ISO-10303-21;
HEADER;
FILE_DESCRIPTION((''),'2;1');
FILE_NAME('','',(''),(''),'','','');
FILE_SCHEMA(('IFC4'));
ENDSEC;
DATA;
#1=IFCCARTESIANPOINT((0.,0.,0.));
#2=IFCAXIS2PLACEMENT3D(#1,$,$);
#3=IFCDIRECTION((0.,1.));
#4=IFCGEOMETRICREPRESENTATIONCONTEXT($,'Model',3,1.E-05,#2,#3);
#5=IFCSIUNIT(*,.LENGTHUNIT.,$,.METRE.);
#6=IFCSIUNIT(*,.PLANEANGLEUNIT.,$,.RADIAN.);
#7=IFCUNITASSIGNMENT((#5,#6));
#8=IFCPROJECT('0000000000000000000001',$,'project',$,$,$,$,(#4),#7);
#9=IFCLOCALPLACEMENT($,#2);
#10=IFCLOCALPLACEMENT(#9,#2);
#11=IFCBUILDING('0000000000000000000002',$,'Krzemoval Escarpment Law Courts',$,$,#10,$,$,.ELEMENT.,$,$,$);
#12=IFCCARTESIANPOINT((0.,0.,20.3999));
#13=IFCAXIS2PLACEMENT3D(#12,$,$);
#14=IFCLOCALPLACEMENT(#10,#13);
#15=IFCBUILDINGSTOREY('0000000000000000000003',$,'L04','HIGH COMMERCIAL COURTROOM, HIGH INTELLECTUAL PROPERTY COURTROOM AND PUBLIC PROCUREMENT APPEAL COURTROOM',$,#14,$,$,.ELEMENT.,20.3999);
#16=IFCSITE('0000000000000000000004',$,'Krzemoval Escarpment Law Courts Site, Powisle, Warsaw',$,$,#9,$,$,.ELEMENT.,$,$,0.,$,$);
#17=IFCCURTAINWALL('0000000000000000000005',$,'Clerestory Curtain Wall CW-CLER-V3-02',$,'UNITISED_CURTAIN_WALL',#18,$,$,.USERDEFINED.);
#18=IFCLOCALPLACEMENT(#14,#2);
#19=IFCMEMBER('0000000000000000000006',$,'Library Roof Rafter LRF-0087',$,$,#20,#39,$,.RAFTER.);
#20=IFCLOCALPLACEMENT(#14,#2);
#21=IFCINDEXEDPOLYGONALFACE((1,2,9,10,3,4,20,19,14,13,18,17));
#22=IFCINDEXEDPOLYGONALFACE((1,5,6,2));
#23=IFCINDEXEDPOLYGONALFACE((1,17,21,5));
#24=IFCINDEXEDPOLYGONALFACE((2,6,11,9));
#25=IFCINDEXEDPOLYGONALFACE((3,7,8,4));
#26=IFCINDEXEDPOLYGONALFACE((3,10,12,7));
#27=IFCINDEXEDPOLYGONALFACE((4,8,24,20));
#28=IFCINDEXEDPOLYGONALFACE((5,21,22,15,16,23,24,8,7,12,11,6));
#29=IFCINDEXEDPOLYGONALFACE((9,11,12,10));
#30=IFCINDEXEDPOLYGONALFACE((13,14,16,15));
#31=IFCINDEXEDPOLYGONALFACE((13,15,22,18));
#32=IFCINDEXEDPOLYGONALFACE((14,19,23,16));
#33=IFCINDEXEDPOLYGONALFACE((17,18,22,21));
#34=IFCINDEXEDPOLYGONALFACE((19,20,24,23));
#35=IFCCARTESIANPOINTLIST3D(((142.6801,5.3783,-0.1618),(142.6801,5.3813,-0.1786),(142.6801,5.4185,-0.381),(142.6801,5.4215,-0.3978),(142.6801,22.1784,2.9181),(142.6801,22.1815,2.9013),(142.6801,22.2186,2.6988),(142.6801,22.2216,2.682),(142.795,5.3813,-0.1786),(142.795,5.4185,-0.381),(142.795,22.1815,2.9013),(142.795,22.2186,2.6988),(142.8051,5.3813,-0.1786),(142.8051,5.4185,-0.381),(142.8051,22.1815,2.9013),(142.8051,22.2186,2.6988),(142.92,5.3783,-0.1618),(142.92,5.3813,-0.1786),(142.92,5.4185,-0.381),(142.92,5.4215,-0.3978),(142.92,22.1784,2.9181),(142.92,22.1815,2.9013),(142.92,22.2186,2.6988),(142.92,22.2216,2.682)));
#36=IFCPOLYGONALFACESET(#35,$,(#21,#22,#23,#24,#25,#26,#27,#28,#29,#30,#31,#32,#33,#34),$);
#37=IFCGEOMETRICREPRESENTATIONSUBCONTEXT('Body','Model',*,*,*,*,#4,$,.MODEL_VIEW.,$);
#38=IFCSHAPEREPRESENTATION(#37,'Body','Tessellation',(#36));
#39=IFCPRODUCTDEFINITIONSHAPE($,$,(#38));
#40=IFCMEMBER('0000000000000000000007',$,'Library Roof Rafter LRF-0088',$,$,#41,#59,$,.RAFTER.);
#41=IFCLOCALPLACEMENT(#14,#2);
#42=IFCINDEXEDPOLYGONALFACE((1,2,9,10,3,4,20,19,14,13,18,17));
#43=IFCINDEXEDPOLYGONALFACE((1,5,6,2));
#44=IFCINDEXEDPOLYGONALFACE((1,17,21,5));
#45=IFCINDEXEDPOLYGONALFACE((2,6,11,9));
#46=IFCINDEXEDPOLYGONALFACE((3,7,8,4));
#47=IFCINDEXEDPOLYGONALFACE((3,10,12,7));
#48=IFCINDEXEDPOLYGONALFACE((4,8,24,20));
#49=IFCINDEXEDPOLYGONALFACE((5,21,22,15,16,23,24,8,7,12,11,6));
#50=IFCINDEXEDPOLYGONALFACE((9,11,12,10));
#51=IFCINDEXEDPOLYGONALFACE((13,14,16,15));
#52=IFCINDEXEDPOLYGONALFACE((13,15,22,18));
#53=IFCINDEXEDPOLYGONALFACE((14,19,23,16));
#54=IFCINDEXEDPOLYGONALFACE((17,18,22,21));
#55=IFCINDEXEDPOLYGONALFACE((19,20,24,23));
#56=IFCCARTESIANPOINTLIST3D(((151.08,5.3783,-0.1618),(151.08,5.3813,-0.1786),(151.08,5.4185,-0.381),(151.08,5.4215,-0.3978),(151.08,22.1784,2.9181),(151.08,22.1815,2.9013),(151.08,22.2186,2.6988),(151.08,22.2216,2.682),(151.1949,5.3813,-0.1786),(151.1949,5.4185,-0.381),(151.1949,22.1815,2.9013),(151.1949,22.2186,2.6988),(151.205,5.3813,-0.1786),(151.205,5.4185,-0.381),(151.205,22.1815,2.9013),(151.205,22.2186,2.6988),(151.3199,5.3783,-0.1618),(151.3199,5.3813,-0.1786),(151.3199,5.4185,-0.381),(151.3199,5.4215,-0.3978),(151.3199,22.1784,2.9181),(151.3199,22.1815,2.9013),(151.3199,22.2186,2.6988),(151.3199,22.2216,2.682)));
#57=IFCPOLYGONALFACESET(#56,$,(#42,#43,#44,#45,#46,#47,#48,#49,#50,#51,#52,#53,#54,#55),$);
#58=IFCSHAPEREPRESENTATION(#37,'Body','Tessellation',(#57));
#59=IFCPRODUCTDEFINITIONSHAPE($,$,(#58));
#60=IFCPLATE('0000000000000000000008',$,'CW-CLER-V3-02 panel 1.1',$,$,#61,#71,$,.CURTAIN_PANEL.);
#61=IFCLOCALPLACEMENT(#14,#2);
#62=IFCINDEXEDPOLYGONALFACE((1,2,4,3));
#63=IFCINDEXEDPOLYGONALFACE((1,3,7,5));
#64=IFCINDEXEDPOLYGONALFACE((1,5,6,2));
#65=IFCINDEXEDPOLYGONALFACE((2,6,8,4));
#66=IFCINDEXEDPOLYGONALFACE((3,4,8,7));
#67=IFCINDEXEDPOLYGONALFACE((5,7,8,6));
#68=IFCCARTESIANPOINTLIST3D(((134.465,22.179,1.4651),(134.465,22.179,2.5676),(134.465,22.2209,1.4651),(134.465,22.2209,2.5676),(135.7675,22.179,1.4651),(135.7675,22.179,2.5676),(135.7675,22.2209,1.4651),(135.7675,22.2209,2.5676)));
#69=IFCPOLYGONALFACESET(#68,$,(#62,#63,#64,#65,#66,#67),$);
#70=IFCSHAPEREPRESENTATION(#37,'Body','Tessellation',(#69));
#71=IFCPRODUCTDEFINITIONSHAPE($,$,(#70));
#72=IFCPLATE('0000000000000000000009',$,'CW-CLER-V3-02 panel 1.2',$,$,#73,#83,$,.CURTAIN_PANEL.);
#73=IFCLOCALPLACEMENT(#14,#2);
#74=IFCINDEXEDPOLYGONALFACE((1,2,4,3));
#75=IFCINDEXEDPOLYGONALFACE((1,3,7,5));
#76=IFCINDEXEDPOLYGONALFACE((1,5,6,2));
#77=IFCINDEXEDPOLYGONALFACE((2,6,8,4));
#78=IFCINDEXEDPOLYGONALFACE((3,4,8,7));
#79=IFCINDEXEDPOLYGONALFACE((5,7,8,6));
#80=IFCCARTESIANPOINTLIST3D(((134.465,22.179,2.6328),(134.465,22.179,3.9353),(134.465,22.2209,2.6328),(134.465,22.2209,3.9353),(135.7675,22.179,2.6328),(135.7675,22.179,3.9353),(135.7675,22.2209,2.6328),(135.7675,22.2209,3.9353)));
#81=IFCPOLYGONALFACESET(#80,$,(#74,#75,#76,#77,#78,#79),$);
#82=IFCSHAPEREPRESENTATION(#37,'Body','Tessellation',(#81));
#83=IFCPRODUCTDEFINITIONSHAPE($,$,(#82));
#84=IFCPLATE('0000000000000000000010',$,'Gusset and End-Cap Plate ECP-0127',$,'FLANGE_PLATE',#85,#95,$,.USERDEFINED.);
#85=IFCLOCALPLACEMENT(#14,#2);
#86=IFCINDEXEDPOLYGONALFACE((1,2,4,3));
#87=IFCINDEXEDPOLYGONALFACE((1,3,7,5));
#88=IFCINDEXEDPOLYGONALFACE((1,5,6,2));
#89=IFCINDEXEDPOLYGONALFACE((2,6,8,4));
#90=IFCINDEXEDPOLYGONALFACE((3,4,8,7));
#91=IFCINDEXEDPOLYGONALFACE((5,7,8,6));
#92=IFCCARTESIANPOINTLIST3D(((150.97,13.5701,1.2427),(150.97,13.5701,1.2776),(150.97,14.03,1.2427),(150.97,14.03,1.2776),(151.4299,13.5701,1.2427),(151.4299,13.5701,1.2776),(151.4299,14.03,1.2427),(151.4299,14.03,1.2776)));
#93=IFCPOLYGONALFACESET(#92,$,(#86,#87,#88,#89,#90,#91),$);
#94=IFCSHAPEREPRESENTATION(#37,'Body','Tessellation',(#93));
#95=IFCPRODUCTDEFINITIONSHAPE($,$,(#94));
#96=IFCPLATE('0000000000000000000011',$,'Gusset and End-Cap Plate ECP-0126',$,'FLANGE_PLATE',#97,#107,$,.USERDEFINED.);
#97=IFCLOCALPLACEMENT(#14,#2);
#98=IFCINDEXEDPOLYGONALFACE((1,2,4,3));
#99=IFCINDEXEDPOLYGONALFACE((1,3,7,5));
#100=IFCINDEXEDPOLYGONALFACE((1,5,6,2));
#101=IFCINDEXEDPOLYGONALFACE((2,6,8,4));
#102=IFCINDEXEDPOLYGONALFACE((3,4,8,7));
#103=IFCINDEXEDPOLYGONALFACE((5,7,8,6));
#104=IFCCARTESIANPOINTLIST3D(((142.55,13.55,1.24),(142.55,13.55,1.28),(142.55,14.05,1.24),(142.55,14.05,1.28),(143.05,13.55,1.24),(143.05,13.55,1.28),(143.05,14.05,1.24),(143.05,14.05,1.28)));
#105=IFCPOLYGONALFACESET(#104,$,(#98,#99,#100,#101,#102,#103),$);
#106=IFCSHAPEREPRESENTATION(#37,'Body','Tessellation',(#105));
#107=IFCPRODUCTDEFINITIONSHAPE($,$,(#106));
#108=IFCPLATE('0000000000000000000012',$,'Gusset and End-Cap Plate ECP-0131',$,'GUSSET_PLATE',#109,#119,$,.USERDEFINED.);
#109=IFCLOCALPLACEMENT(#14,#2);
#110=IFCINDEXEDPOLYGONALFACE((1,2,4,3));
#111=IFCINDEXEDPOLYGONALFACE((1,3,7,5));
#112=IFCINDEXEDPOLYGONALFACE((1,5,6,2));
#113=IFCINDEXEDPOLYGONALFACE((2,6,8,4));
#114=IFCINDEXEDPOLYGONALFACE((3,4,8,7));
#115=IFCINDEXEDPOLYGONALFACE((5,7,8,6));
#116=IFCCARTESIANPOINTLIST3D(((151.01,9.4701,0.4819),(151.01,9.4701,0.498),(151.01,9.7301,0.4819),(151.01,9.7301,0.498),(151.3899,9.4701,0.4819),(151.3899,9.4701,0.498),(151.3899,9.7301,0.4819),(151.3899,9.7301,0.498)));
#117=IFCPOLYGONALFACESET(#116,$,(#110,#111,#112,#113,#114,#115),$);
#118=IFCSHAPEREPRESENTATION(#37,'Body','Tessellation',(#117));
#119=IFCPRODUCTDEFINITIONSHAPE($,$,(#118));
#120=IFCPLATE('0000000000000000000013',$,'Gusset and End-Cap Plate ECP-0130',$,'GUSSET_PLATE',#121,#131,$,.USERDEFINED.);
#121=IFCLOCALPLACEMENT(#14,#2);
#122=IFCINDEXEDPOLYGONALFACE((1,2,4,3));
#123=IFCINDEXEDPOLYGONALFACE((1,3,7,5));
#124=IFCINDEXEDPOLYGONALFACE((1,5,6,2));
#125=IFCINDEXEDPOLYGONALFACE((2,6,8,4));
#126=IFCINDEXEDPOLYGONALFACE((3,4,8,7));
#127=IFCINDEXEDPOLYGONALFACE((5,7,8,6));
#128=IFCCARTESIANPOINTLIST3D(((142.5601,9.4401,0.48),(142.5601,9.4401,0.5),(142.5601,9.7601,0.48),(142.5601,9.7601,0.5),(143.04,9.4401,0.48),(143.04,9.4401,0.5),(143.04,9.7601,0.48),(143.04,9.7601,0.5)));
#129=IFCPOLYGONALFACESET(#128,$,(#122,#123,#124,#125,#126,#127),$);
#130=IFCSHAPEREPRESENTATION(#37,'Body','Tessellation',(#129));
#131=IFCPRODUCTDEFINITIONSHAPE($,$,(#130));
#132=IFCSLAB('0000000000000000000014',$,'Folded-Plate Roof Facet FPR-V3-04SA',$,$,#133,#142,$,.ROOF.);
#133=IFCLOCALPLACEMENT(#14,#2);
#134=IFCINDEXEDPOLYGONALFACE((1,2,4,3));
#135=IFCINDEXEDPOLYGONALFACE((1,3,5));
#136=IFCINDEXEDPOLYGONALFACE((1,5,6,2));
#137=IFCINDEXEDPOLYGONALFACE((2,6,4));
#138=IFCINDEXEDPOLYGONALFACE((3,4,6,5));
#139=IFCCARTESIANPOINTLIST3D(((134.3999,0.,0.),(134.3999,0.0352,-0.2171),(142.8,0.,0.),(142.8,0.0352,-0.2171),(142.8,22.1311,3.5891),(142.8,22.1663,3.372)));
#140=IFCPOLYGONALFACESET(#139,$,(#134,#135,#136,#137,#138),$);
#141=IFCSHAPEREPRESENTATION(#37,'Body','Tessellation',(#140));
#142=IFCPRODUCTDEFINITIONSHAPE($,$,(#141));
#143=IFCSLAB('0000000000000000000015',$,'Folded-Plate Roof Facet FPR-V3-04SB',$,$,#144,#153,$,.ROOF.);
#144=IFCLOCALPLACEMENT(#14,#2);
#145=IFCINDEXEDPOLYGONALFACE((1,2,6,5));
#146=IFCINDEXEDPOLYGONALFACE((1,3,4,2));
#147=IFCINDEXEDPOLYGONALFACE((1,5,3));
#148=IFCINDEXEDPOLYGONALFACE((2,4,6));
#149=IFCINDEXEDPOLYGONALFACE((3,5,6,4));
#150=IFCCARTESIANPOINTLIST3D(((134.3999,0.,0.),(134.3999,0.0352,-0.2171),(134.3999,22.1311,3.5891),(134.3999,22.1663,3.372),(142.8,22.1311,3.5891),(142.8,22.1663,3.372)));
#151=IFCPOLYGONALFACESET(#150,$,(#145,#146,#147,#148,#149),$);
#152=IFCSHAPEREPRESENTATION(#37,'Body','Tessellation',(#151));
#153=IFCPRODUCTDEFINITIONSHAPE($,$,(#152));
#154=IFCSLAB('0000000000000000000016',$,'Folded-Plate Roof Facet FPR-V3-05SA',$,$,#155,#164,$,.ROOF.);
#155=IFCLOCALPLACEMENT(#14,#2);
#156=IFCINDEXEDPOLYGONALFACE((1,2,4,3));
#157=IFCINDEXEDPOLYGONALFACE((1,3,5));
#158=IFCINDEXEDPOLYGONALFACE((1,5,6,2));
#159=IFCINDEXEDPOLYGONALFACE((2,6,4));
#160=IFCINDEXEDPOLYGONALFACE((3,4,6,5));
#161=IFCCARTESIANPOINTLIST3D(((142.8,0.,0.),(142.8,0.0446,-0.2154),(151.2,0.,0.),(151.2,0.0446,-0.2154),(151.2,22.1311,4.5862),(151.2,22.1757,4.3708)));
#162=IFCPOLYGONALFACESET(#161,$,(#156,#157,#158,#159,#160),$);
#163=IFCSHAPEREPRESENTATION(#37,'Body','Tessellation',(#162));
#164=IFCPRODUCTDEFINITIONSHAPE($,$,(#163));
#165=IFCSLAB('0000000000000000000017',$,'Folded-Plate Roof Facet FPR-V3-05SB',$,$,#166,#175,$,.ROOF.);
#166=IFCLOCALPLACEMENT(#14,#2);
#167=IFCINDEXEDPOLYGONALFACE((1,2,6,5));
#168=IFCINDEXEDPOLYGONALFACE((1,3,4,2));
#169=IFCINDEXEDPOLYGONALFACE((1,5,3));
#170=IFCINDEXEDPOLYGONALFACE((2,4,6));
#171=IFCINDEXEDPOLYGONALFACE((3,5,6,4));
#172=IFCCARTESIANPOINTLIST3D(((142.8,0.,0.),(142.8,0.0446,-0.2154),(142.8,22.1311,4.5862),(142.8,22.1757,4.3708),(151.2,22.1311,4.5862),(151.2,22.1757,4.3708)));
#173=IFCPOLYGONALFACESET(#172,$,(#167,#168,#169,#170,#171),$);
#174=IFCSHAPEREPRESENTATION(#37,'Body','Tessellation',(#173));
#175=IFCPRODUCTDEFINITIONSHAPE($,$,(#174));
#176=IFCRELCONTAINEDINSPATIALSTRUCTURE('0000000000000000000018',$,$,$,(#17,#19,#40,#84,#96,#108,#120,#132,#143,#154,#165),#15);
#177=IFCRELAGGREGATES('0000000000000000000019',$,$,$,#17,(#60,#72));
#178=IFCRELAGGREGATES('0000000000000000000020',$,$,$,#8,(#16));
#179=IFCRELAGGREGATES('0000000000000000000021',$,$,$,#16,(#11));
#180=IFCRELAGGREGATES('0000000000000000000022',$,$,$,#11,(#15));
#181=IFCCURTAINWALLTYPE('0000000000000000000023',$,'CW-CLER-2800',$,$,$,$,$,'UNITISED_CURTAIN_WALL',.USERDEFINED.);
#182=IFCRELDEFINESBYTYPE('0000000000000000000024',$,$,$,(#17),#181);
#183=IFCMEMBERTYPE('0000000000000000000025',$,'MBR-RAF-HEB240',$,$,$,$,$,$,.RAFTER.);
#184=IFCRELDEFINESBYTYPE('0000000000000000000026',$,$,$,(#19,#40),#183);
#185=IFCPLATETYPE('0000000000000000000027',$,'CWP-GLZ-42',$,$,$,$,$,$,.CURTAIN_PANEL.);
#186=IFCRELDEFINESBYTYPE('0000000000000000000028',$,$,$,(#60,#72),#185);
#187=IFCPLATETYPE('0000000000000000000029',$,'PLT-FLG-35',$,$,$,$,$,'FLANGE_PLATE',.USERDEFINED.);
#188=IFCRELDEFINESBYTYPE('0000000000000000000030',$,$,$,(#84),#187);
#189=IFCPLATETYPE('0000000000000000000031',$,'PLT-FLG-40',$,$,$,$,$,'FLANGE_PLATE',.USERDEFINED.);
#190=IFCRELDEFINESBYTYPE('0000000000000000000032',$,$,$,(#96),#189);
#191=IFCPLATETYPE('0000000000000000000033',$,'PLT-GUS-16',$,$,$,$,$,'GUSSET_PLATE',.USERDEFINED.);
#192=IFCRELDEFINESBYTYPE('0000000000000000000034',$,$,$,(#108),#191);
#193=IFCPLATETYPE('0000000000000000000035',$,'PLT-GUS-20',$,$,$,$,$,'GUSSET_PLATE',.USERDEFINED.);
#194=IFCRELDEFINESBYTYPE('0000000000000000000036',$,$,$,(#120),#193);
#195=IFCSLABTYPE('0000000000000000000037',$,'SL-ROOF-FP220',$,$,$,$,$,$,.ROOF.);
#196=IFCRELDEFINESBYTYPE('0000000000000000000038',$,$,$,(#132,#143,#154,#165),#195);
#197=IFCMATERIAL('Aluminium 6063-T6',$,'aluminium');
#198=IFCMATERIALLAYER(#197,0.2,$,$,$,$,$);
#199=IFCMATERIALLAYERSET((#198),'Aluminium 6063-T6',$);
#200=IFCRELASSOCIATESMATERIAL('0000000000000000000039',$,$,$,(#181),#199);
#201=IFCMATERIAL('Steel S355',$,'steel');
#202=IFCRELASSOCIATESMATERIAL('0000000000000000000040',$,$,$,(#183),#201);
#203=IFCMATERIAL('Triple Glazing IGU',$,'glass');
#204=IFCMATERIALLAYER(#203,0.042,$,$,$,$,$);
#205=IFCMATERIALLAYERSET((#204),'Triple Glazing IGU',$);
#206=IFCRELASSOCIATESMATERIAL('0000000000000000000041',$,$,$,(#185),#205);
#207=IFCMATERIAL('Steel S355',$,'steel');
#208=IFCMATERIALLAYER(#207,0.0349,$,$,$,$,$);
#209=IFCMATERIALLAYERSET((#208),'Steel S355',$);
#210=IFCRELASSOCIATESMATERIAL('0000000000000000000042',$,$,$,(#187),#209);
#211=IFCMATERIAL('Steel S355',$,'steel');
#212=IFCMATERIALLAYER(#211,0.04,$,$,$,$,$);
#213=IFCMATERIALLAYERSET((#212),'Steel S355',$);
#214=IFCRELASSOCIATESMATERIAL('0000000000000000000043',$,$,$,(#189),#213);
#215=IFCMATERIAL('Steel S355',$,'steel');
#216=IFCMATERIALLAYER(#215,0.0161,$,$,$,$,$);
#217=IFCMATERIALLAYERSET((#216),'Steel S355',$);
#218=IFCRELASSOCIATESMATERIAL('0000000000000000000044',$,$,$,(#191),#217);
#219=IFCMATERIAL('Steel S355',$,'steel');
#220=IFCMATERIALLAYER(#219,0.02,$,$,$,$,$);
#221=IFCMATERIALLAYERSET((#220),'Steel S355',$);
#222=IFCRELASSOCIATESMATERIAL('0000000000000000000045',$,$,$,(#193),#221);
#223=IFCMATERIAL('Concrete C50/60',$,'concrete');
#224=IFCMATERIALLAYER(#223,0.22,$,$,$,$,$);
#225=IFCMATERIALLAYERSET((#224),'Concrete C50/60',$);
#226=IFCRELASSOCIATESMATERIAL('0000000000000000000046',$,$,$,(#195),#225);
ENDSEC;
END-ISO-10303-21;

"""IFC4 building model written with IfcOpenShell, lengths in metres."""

from ifc_helpers import new_model, si_unit, direction, frame, origin, origin_2d, place, context, subcontext, project, spatial, polyline, rectangle, i_section, outline, extrude, material, layer, layer_set, material_profile, profile_set, type_object, element, aggregate, save


model = new_model("IFC4")

# Units and contexts
model_context = context("Model", 3, precision=1e-05, world=origin(), true_north=direction((0.0, 1.0)))
body_context = subcontext(model_context, "Body", "Model", "MODEL_VIEW")
ifc_project = project(units=[si_unit("LENGTHUNIT", "METRE"), si_unit("PLANEANGLEUNIT", "RADIAN")], contexts=[model_context])

# Site, building, storey
site_placement = place(None, origin())
site = spatial("IfcSite", under=ifc_project, at=site_placement, Name="Krzemoval Escarpment Law Courts Site, Powisle, Warsaw", CompositionType="ELEMENT", RefElevation=0.0)
building_placement = place(site_placement, origin())
building = spatial("IfcBuilding", under=site, at=building_placement, Name="Krzemoval Escarpment Law Courts", CompositionType="ELEMENT")
storey_placement = place(building_placement, frame((0.0, 0.0, 20.3999)))
storey = spatial("IfcBuildingStorey", under=building, at=storey_placement, Name="L04", Description="HIGH COMMERCIAL COURTROOM, HIGH INTELLECTUAL PROPERTY COURTROOM AND PUBLIC PROCUREMENT APPEAL COURTROOM", CompositionType="ELEMENT", Elevation=20.3999)

# Curtain wall
ifc_material_1 = material(Name="Aluminium 6063-T6", Category="aluminium")
ifc_layer_1 = layer(ifc_material_1, 0.2)
ifc_layer_set_1 = layer_set([ifc_layer_1], Name="Aluminium 6063-T6")
curtain_wall_type = type_object("IfcCurtainWallType", Name="CW-CLER-2800", ElementType="UNITISED_CURTAIN_WALL", PredefinedType="USERDEFINED", material=ifc_layer_set_1)
curtain_wall_placement = place(storey_placement, origin())
curtain_wall = element("IfcCurtainWall", 1, at=curtain_wall_placement, inside=storey, type_object=curtain_wall_type, Name="Clerestory Curtain Wall CW-CLER-V3-02", ObjectType="UNITISED_CURTAIN_WALL", PredefinedType="USERDEFINED")

# Members
ifc_material_2 = material(Name="Steel S355", Category="steel")
ifc_material_profile_1 = material_profile(ifc_material_2, i_section(OverallWidth=0.24, OverallDepth=0.24, WebThickness=0.01, FlangeThickness=0.0171, at=origin_2d()), Name="HEB 240")
ifc_profile_set_1 = profile_set([ifc_material_profile_1], Name="Steel S355")
member_type_1 = type_object("IfcMemberType", Name="MBR-RAF-HEB240", PredefinedType="RAFTER", material=ifc_profile_set_1)
for number, where, z_axis, x_axis, name in (
    (2, (142.8, 5.3999, -0.2798), (0.0, 0.983608, 0.180318), (-1.0, 0.0, 0.0), "Library Roof Rafter LRF-0087"),
    (3, (151.2, 5.3999, -0.2798), (0.0, 0.983608, 0.180318), (-1.0, 0.0, 0.0), "Library Roof Rafter LRF-0088"),
):
    element("IfcMember", number, at=place(storey_placement, frame(where, z_axis=z_axis, x_axis=x_axis)), inside=storey, type_object=member_type_1, Name=name, PredefinedType="RAFTER", context=body_context, shape_type="SweptSolid", body=[
        extrude(i_section(OverallWidth=0.24, OverallDepth=0.24, WebThickness=0.01, FlangeThickness=0.0171, at=origin_2d()), origin(), (0.0, 0.0, 1.0), 17.0801),
    ])

# Plates
ifc_material_3 = material(Name="Triple Glazing IGU", Category="glass")
ifc_layer_2 = layer(ifc_material_3, 0.042)
ifc_layer_set_2 = layer_set([ifc_layer_2], Name="Triple Glazing IGU")
plate_type_1 = type_object("IfcPlateType", Name="CWP-GLZ-42", PredefinedType="CURTAIN_PANEL", material=ifc_layer_set_2)
plate_1_placement = place(storey_placement, frame((135.1162, 22.2, 1.4651), z_axis=(0.0, 0.0, 1.0), x_axis=(1.0, 0.0, 0.0)))
plate_1 = element("IfcPlate", 4, at=plate_1_placement, type_object=plate_type_1, Name="CW-CLER-V3-02 panel 1.1", PredefinedType="CURTAIN_PANEL", context=body_context, shape_type="SweptSolid", body=[
    extrude(rectangle(XDim=1.3025, YDim=0.042, at=origin_2d()), origin(), (0.0, 0.0, 1.0), 1.1025),
])
plate_2_placement = place(storey_placement, frame((135.1162, 22.2, 2.6328), z_axis=(0.0, 0.0, 1.0), x_axis=(1.0, 0.0, 0.0)))
plate_2 = element("IfcPlate", 5, at=plate_2_placement, type_object=plate_type_1, Name="CW-CLER-V3-02 panel 1.2", PredefinedType="CURTAIN_PANEL", context=body_context, shape_type="SweptSolid", body=[
    extrude(rectangle(XDim=1.3025, YDim=0.042, at=origin_2d()), origin(), (0.0, 0.0, 1.0), 1.3025),
])
aggregate(curtain_wall, [plate_1, plate_2])

# Plates
ifc_material_4 = material(Name="Steel S355", Category="steel")
ifc_layer_3 = layer(ifc_material_4, 0.0349)
ifc_layer_set_3 = layer_set([ifc_layer_3], Name="Steel S355")
plate_type_2 = type_object("IfcPlateType", Name="PLT-FLG-35", ElementType="FLANGE_PLATE", PredefinedType="USERDEFINED", material=ifc_layer_set_3)
plate_3_placement = place(storey_placement, frame((151.2, 13.8, 1.2427), z_axis=(0.0, 0.0, 1.0), x_axis=(1.0, 0.0, 0.0)))
element("IfcPlate", 6, at=plate_3_placement, inside=storey, type_object=plate_type_2, Name="Gusset and End-Cap Plate ECP-0127", ObjectType="FLANGE_PLATE", PredefinedType="USERDEFINED", context=body_context, shape_type="SweptSolid", body=[
    extrude(rectangle(XDim=0.46, YDim=0.46, at=origin_2d()), origin(), (0.0, 0.0, 1.0), 0.0349),
])
ifc_material_5 = material(Name="Steel S355", Category="steel")
ifc_layer_4 = layer(ifc_material_5, 0.04)
ifc_layer_set_4 = layer_set([ifc_layer_4], Name="Steel S355")
plate_type_3 = type_object("IfcPlateType", Name="PLT-FLG-40", ElementType="FLANGE_PLATE", PredefinedType="USERDEFINED", material=ifc_layer_set_4)
plate_4_placement = place(storey_placement, frame((142.8, 13.8, 1.24), z_axis=(0.0, 0.0, 1.0), x_axis=(1.0, 0.0, 0.0)))
element("IfcPlate", 7, at=plate_4_placement, inside=storey, type_object=plate_type_3, Name="Gusset and End-Cap Plate ECP-0126", ObjectType="FLANGE_PLATE", PredefinedType="USERDEFINED", context=body_context, shape_type="SweptSolid", body=[
    extrude(rectangle(XDim=0.5, YDim=0.5, at=origin_2d()), origin(), (0.0, 0.0, 1.0), 0.04),
])
ifc_material_6 = material(Name="Steel S355", Category="steel")
ifc_layer_5 = layer(ifc_material_6, 0.0161)
ifc_layer_set_5 = layer_set([ifc_layer_5], Name="Steel S355")
plate_type_4 = type_object("IfcPlateType", Name="PLT-GUS-16", ElementType="GUSSET_PLATE", PredefinedType="USERDEFINED", material=ifc_layer_set_5)
plate_5_placement = place(storey_placement, frame((151.2, 9.6001, 0.4819), z_axis=(0.0, 0.0, 1.0), x_axis=(1.0, 0.0, 0.0)))
element("IfcPlate", 8, at=plate_5_placement, inside=storey, type_object=plate_type_4, Name="Gusset and End-Cap Plate ECP-0131", ObjectType="GUSSET_PLATE", PredefinedType="USERDEFINED", context=body_context, shape_type="SweptSolid", body=[
    extrude(rectangle(XDim=0.3799, YDim=0.26, at=origin_2d()), origin(), (0.0, 0.0, 1.0), 0.0161),
])
ifc_material_7 = material(Name="Steel S355", Category="steel")
ifc_layer_6 = layer(ifc_material_7, 0.02)
ifc_layer_set_6 = layer_set([ifc_layer_6], Name="Steel S355")
plate_type_5 = type_object("IfcPlateType", Name="PLT-GUS-20", ElementType="GUSSET_PLATE", PredefinedType="USERDEFINED", material=ifc_layer_set_6)
plate_6_placement = place(storey_placement, frame((142.8, 9.6001, 0.48), z_axis=(0.0, 0.0, 1.0), x_axis=(1.0, 0.0, 0.0)))
element("IfcPlate", 9, at=plate_6_placement, inside=storey, type_object=plate_type_5, Name="Gusset and End-Cap Plate ECP-0130", ObjectType="GUSSET_PLATE", PredefinedType="USERDEFINED", context=body_context, shape_type="SweptSolid", body=[
    extrude(rectangle(XDim=0.48, YDim=0.3201, at=origin_2d()), origin(), (0.0, 0.0, 1.0), 0.02),
])

# Slabs
ifc_material_8 = material(Name="Concrete C50/60", Category="concrete")
ifc_layer_7 = layer(ifc_material_8, 0.22)
ifc_layer_set_7 = layer_set([ifc_layer_7], Name="Concrete C50/60")
slab_type = type_object("IfcSlabType", Name="SL-ROOF-FP220", PredefinedType="ROOF", material=ifc_layer_set_7)
slab_1_placement = place(storey_placement, frame((134.3999, 0.0, 0.0), z_axis=(0.0, -0.160083, 0.987103), x_axis=(1.0, 0.0, 0.0)))
element("IfcSlab", 10, at=slab_1_placement, inside=storey, type_object=slab_type, Name="Folded-Plate Roof Facet FPR-V3-04SA", PredefinedType="ROOF", context=body_context, shape_type="SweptSolid", body=[
    extrude(outline(polyline([(0.0, 0.0), (8.4001, 0.0), (8.4001, 22.4202), (0.0, 0.0)])), origin(), (0.0, 0.0, -1.0), 0.22),
])
slab_2_placement = place(storey_placement, frame((134.3999, 0.0, 0.0), z_axis=(0.0, -0.160083, 0.987103), x_axis=(0.350851, 0.924355, 0.149907)))
element("IfcSlab", 11, at=slab_2_placement, inside=storey, type_object=slab_type, Name="Folded-Plate Roof Facet FPR-V3-04SB", PredefinedType="ROOF", context=body_context, shape_type="SweptSolid", body=[
    extrude(outline(polyline([(0.0, 0.0), (23.9422, 0.0), (20.995, 7.8662), (0.0, 0.0)])), origin(), (0.0, 0.0, -1.0), 0.22),
])
slab_3_placement = place(storey_placement, frame((142.8, 0.0, 0.0), z_axis=(0.0, -0.202917, 0.979196), x_axis=(1.0, 0.0, 0.0)))
element("IfcSlab", 12, at=slab_3_placement, inside=storey, type_object=slab_type, Name="Folded-Plate Roof Facet FPR-V3-05SA", PredefinedType="ROOF", context=body_context, shape_type="SweptSolid", body=[
    extrude(outline(polyline([(0.0, 0.0), (8.3999, 0.0), (8.3999, 22.6013), (0.0, 0.0)])), origin(), (0.0, 0.0, -1.0), 0.22),
])
slab_4_placement = place(storey_placement, frame((142.8, 0.0, 0.0), z_axis=(0.0, -0.202917, 0.979196), x_axis=(0.348374, 0.917855, 0.190205)))
element("IfcSlab", 13, at=slab_4_placement, inside=storey, type_object=slab_type, Name="Folded-Plate Roof Facet FPR-V3-05SB", PredefinedType="ROOF", context=body_context, shape_type="SweptSolid", body=[
    extrude(outline(polyline([(0.0, 0.0), (24.1118, 0.0), (21.1855, 7.8737), (0.0, 0.0)])), origin(), (0.0, 0.0, -1.0), 0.22),
])

save(model, "model.ifc")
